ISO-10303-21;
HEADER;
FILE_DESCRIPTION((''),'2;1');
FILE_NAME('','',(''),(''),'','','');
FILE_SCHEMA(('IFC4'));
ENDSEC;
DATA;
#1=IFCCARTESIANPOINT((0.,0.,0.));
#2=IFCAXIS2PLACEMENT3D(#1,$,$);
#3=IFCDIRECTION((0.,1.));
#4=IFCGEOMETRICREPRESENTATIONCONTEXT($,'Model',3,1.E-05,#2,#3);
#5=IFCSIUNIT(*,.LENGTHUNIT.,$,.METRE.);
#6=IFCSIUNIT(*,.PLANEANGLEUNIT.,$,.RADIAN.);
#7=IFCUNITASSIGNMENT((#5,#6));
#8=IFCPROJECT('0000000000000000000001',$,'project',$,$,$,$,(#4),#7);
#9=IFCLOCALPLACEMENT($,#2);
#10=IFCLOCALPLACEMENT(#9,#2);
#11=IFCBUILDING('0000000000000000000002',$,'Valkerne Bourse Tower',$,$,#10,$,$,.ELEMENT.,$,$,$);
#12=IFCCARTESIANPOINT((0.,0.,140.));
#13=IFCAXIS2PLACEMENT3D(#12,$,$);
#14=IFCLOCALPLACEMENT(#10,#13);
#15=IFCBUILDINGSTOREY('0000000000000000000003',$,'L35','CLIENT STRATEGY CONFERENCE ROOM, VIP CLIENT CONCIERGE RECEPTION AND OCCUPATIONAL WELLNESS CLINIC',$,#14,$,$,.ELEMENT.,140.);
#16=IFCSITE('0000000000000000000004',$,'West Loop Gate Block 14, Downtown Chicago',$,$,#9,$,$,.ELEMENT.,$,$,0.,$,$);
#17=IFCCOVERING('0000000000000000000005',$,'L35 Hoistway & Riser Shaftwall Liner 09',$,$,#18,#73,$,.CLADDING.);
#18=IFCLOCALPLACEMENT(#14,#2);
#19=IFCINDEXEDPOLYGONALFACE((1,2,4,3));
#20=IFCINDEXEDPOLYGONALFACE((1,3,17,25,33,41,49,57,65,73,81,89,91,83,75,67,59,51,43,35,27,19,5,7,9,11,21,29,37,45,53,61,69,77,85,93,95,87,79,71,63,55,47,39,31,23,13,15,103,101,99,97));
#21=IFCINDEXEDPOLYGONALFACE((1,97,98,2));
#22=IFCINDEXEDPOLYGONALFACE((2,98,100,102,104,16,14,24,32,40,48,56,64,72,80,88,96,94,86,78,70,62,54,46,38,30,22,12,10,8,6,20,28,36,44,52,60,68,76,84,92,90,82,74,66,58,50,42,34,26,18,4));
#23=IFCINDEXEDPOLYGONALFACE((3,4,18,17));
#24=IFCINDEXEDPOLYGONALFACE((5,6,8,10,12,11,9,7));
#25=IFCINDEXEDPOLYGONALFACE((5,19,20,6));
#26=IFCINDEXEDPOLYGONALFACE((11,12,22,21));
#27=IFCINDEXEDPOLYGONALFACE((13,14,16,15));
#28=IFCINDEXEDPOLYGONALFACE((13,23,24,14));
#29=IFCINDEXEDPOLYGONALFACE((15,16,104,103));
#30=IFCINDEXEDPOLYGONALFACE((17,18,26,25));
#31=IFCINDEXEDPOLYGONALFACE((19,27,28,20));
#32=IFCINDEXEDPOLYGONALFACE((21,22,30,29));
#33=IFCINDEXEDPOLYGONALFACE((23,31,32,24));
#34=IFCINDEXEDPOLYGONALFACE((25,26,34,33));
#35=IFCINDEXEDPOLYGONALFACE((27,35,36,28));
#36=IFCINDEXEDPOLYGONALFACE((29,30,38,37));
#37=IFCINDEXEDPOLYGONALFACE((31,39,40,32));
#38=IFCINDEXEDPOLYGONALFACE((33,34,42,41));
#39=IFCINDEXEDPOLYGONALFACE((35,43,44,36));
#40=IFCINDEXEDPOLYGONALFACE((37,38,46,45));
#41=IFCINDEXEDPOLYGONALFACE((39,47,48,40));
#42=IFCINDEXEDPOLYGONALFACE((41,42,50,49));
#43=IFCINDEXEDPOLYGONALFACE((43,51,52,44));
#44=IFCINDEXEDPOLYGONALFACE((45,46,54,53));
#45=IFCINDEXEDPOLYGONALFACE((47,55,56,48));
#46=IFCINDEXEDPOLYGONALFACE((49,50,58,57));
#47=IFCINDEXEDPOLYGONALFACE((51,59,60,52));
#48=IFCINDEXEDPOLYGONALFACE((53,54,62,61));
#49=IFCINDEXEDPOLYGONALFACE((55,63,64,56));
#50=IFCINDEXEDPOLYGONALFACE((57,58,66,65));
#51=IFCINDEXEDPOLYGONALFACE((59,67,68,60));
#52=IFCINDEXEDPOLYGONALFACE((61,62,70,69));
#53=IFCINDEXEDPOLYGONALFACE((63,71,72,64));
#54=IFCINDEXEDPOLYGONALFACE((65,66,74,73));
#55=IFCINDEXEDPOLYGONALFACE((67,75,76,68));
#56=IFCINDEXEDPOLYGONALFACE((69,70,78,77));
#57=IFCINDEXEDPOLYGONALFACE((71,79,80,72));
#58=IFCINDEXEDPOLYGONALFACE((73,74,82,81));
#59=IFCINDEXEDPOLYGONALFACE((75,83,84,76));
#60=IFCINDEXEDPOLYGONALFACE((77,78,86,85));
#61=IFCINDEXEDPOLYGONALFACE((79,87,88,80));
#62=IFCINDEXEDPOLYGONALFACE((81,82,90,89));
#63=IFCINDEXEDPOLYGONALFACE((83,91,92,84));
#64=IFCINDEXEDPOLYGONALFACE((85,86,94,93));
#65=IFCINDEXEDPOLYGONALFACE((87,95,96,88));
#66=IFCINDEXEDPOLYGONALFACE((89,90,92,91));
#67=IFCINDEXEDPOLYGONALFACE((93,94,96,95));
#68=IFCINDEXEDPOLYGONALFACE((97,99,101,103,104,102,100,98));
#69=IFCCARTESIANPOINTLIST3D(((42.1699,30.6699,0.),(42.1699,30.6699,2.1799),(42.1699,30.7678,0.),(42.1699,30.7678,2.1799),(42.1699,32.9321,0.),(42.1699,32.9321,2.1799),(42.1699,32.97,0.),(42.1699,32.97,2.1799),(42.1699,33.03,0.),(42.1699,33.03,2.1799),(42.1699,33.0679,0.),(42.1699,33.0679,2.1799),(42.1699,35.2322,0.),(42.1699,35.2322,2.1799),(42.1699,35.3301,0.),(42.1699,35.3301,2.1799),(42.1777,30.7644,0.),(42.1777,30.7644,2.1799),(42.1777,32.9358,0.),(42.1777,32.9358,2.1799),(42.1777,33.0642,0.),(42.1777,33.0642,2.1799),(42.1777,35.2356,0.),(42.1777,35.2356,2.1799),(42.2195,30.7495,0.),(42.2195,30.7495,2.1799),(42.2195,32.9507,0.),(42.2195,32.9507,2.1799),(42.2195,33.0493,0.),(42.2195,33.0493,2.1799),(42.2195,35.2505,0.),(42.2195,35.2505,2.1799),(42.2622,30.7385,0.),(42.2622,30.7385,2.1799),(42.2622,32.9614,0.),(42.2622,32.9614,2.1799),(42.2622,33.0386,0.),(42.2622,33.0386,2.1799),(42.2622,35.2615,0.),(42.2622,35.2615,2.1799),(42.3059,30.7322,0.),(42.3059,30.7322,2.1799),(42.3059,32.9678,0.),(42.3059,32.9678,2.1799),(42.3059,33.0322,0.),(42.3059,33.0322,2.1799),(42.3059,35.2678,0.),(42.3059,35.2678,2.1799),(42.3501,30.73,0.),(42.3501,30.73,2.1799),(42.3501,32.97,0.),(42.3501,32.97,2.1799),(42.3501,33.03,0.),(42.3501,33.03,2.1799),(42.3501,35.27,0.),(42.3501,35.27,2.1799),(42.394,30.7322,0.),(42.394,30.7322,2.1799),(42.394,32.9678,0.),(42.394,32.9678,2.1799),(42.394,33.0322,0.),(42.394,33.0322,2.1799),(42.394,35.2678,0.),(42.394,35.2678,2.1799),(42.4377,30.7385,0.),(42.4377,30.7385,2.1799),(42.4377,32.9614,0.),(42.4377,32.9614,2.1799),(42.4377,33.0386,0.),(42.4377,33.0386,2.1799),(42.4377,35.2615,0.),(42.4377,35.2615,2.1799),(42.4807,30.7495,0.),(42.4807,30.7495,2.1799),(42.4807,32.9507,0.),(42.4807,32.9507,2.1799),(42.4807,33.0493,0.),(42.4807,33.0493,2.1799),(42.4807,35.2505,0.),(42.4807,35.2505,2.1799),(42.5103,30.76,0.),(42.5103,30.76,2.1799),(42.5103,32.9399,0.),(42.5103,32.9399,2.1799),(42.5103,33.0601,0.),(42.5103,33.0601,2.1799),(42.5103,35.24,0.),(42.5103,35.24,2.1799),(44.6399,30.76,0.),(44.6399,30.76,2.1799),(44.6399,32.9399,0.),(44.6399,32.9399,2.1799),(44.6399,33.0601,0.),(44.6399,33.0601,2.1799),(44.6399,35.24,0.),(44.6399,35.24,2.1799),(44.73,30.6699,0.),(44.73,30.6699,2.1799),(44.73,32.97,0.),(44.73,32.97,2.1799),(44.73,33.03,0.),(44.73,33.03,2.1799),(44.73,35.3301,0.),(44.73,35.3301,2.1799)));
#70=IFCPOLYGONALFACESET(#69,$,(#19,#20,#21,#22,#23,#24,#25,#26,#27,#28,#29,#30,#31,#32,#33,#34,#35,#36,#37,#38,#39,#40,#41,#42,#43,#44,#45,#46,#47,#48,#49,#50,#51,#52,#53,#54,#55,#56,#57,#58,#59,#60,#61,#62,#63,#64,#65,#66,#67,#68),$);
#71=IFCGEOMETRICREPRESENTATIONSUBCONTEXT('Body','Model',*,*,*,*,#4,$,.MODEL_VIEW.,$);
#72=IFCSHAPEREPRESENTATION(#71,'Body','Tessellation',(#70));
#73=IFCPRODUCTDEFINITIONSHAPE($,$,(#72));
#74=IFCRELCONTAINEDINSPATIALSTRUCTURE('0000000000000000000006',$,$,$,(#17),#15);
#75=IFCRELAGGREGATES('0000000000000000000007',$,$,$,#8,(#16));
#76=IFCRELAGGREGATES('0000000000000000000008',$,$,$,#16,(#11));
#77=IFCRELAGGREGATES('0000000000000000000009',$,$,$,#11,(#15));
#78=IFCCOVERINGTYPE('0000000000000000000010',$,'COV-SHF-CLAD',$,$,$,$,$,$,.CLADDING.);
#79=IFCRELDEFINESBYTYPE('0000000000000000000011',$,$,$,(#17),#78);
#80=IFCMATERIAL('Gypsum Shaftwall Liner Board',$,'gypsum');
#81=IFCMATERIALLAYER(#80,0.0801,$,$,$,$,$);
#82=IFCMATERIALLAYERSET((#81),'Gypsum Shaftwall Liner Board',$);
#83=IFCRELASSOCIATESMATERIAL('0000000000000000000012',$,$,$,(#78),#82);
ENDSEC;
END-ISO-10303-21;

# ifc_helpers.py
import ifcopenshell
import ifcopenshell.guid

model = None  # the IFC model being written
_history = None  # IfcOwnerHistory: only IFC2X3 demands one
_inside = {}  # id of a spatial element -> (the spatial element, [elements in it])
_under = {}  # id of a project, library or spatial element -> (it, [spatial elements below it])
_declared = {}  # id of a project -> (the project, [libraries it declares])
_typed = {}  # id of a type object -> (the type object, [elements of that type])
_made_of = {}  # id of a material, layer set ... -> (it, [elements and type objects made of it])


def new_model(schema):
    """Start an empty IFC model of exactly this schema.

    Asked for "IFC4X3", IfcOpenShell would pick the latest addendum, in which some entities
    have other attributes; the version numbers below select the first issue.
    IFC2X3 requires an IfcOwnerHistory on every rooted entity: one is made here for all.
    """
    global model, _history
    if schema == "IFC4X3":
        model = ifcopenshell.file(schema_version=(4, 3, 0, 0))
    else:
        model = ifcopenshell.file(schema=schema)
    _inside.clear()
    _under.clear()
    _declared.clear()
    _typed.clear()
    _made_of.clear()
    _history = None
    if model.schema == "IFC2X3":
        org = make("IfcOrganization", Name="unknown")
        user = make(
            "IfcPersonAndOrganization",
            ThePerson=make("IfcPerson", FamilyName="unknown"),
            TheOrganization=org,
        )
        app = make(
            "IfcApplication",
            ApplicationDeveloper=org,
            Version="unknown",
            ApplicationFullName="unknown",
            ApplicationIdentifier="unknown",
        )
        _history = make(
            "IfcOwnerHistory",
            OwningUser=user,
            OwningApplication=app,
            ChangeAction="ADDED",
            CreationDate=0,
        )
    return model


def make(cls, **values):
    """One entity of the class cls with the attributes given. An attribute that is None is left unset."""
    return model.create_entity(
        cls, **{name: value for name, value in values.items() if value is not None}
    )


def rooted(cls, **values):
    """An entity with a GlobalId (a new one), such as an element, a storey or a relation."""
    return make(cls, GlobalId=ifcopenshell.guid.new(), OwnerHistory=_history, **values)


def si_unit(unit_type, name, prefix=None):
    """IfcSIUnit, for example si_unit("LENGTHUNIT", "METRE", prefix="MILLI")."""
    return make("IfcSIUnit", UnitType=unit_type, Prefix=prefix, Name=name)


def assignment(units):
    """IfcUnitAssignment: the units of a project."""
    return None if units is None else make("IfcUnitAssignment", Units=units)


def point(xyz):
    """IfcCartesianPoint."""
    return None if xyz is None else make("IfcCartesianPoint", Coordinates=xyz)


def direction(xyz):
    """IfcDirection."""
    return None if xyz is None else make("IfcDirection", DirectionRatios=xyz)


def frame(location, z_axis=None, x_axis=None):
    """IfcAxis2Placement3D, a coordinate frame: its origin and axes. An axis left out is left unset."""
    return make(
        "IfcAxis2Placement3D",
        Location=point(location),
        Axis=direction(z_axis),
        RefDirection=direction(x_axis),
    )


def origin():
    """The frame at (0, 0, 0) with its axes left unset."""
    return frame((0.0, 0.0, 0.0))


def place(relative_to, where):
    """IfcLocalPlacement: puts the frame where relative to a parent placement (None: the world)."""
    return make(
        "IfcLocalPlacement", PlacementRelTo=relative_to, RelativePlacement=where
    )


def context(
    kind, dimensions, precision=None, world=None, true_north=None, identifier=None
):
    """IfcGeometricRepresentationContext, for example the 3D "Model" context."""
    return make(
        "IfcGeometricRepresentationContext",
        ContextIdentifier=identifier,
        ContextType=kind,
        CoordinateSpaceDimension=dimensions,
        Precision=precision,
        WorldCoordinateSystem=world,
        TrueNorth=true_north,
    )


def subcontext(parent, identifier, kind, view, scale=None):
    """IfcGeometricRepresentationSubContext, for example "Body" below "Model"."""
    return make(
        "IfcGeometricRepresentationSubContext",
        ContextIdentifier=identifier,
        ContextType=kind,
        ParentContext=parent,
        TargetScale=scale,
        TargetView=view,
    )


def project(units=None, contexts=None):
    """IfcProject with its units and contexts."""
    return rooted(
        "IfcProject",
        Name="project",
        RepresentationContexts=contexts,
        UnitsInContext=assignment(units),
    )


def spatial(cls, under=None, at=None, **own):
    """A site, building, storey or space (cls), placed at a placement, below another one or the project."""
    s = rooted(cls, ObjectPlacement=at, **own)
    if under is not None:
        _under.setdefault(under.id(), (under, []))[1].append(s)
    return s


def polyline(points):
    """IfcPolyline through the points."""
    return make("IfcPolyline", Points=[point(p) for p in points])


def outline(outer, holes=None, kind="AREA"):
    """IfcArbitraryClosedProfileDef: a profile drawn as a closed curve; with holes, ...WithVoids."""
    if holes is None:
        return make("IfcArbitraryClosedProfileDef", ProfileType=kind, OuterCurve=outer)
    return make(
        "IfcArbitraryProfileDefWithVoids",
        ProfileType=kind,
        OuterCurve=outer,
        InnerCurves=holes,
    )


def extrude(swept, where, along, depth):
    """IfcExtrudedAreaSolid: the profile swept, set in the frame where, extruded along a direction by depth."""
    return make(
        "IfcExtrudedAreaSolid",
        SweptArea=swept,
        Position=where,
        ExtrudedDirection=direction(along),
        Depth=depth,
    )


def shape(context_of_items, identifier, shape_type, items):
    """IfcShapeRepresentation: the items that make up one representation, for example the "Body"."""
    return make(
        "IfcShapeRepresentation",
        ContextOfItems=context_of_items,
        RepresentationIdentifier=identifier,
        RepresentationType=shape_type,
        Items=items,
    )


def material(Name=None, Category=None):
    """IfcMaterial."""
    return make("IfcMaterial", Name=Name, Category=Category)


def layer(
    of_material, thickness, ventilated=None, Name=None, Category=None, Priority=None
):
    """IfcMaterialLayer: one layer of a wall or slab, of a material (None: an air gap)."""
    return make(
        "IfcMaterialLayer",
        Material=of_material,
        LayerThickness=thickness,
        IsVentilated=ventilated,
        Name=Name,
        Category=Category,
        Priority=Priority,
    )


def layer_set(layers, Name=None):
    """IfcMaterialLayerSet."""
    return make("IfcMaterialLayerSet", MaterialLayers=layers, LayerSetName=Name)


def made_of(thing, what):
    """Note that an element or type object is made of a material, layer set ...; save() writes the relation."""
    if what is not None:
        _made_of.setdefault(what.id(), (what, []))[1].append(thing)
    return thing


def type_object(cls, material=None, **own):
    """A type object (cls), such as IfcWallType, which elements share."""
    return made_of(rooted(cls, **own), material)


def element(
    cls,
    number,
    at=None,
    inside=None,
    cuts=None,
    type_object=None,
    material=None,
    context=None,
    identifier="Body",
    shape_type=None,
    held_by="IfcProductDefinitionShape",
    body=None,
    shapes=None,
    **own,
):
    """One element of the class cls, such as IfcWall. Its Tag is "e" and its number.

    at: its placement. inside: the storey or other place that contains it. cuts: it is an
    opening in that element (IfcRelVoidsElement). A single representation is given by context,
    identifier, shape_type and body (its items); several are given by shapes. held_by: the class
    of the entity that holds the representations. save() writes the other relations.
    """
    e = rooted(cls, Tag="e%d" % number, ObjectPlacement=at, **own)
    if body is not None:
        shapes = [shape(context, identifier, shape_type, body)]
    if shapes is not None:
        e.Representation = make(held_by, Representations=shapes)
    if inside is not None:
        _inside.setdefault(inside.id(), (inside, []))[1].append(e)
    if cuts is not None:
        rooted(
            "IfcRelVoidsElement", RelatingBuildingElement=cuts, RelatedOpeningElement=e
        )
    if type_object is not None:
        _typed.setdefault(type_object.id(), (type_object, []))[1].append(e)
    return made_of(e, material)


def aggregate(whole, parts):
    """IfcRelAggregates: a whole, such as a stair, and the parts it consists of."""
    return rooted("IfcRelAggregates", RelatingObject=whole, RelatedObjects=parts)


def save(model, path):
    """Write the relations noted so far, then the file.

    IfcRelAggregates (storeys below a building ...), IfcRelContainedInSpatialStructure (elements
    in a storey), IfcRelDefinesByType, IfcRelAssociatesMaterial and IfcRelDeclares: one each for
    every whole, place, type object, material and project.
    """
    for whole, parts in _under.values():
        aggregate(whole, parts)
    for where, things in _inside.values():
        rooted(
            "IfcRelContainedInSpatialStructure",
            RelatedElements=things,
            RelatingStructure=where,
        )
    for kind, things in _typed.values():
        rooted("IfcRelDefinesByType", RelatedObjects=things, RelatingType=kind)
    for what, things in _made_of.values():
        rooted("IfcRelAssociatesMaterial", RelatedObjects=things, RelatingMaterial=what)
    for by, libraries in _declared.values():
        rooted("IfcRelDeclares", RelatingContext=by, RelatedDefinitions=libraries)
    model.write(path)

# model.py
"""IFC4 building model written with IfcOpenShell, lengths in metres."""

from ifc_helpers import new_model, si_unit, direction, frame, origin, place, context, subcontext, project, spatial, polyline, outline, extrude, material, layer, layer_set, type_object, element, save


model = new_model("IFC4")

# Units and contexts
model_context = context("Model", 3, precision=1e-05, world=origin(), true_north=direction((0.0, 1.0)))
body_context = subcontext(model_context, "Body", "Model", "MODEL_VIEW")
ifc_project = project(units=[si_unit("LENGTHUNIT", "METRE"), si_unit("PLANEANGLEUNIT", "RADIAN")], contexts=[model_context])

# Site, building, storey
site_placement = place(None, origin())
site = spatial("IfcSite", under=ifc_project, at=site_placement, Name="West Loop Gate Block 14, Downtown Chicago", CompositionType="ELEMENT", RefElevation=0.0)
building_placement = place(site_placement, origin())
building = spatial("IfcBuilding", under=site, at=building_placement, Name="Valkerne Bourse Tower", CompositionType="ELEMENT")
storey_placement = place(building_placement, frame((0.0, 0.0, 140.0)))
storey = spatial("IfcBuildingStorey", under=building, at=storey_placement, Name="L35", Description="CLIENT STRATEGY CONFERENCE ROOM, VIP CLIENT CONCIERGE RECEPTION AND OCCUPATIONAL WELLNESS CLINIC", CompositionType="ELEMENT", Elevation=140.0)

# Covering
ifc_material_1 = material(Name="Gypsum Shaftwall Liner Board", Category="gypsum")
ifc_layer_1 = layer(ifc_material_1, 0.0801)
ifc_layer_set_1 = layer_set([ifc_layer_1], Name="Gypsum Shaftwall Liner Board")
covering_type_1 = type_object("IfcCoveringType", Name="COV-SHF-CLAD", PredefinedType="CLADDING", material=ifc_layer_set_1)
covering_1_placement = place(storey_placement, origin())
element("IfcCovering", 1, at=covering_1_placement, inside=storey, type_object=covering_type_1, Name="L35 Hoistway & Riser Shaftwall Liner 09", PredefinedType="CLADDING", context=body_context, shape_type="SweptSolid", body=[
    extrude(outline(polyline([(42.1699, 33.0679), (42.1777, 33.0642), (42.2195, 33.0493), (42.2622, 33.0386), (42.3059, 33.0322), (42.3501, 33.03), (42.394, 33.0322), (42.4377, 33.0386), (42.4807, 33.0493), (42.5103, 33.0601), (44.6399, 33.0601), (44.6399, 35.24), (42.5103, 35.24), (42.4807, 35.2505), (42.4377, 35.2615), (42.394, 35.2678), (42.3501, 35.27), (42.3059, 35.2678), (42.2622, 35.2615), (42.2195, 35.2505), (42.1777, 35.2356), (42.1699, 35.2322), (42.1699, 35.3301), (44.73, 35.3301), (44.73, 33.03), (44.73, 32.97), (44.73, 30.6699), (42.1699, 30.6699), (42.1699, 30.7678), (42.1777, 30.7644), (42.2195, 30.7495), (42.2622, 30.7385), (42.3059, 30.7322), (42.3501, 30.73), (42.394, 30.7322), (42.4377, 30.7385), (42.4807, 30.7495), (42.5103, 30.76), (44.6399, 30.76), (44.6399, 32.9399), (42.5103, 32.9399), (42.4807, 32.9507), (42.4377, 32.9614), (42.394, 32.9678), (42.3501, 32.97), (42.3059, 32.9678), (42.2622, 32.9614), (42.2195, 32.9507), (42.1777, 32.9358), (42.1699, 32.9321), (42.1699, 32.97), (42.1699, 33.03), (42.1699, 33.0679)])), origin(), (0.0, 0.0, 1.0), 2.1799),
])

save(model, "model.ifc")
